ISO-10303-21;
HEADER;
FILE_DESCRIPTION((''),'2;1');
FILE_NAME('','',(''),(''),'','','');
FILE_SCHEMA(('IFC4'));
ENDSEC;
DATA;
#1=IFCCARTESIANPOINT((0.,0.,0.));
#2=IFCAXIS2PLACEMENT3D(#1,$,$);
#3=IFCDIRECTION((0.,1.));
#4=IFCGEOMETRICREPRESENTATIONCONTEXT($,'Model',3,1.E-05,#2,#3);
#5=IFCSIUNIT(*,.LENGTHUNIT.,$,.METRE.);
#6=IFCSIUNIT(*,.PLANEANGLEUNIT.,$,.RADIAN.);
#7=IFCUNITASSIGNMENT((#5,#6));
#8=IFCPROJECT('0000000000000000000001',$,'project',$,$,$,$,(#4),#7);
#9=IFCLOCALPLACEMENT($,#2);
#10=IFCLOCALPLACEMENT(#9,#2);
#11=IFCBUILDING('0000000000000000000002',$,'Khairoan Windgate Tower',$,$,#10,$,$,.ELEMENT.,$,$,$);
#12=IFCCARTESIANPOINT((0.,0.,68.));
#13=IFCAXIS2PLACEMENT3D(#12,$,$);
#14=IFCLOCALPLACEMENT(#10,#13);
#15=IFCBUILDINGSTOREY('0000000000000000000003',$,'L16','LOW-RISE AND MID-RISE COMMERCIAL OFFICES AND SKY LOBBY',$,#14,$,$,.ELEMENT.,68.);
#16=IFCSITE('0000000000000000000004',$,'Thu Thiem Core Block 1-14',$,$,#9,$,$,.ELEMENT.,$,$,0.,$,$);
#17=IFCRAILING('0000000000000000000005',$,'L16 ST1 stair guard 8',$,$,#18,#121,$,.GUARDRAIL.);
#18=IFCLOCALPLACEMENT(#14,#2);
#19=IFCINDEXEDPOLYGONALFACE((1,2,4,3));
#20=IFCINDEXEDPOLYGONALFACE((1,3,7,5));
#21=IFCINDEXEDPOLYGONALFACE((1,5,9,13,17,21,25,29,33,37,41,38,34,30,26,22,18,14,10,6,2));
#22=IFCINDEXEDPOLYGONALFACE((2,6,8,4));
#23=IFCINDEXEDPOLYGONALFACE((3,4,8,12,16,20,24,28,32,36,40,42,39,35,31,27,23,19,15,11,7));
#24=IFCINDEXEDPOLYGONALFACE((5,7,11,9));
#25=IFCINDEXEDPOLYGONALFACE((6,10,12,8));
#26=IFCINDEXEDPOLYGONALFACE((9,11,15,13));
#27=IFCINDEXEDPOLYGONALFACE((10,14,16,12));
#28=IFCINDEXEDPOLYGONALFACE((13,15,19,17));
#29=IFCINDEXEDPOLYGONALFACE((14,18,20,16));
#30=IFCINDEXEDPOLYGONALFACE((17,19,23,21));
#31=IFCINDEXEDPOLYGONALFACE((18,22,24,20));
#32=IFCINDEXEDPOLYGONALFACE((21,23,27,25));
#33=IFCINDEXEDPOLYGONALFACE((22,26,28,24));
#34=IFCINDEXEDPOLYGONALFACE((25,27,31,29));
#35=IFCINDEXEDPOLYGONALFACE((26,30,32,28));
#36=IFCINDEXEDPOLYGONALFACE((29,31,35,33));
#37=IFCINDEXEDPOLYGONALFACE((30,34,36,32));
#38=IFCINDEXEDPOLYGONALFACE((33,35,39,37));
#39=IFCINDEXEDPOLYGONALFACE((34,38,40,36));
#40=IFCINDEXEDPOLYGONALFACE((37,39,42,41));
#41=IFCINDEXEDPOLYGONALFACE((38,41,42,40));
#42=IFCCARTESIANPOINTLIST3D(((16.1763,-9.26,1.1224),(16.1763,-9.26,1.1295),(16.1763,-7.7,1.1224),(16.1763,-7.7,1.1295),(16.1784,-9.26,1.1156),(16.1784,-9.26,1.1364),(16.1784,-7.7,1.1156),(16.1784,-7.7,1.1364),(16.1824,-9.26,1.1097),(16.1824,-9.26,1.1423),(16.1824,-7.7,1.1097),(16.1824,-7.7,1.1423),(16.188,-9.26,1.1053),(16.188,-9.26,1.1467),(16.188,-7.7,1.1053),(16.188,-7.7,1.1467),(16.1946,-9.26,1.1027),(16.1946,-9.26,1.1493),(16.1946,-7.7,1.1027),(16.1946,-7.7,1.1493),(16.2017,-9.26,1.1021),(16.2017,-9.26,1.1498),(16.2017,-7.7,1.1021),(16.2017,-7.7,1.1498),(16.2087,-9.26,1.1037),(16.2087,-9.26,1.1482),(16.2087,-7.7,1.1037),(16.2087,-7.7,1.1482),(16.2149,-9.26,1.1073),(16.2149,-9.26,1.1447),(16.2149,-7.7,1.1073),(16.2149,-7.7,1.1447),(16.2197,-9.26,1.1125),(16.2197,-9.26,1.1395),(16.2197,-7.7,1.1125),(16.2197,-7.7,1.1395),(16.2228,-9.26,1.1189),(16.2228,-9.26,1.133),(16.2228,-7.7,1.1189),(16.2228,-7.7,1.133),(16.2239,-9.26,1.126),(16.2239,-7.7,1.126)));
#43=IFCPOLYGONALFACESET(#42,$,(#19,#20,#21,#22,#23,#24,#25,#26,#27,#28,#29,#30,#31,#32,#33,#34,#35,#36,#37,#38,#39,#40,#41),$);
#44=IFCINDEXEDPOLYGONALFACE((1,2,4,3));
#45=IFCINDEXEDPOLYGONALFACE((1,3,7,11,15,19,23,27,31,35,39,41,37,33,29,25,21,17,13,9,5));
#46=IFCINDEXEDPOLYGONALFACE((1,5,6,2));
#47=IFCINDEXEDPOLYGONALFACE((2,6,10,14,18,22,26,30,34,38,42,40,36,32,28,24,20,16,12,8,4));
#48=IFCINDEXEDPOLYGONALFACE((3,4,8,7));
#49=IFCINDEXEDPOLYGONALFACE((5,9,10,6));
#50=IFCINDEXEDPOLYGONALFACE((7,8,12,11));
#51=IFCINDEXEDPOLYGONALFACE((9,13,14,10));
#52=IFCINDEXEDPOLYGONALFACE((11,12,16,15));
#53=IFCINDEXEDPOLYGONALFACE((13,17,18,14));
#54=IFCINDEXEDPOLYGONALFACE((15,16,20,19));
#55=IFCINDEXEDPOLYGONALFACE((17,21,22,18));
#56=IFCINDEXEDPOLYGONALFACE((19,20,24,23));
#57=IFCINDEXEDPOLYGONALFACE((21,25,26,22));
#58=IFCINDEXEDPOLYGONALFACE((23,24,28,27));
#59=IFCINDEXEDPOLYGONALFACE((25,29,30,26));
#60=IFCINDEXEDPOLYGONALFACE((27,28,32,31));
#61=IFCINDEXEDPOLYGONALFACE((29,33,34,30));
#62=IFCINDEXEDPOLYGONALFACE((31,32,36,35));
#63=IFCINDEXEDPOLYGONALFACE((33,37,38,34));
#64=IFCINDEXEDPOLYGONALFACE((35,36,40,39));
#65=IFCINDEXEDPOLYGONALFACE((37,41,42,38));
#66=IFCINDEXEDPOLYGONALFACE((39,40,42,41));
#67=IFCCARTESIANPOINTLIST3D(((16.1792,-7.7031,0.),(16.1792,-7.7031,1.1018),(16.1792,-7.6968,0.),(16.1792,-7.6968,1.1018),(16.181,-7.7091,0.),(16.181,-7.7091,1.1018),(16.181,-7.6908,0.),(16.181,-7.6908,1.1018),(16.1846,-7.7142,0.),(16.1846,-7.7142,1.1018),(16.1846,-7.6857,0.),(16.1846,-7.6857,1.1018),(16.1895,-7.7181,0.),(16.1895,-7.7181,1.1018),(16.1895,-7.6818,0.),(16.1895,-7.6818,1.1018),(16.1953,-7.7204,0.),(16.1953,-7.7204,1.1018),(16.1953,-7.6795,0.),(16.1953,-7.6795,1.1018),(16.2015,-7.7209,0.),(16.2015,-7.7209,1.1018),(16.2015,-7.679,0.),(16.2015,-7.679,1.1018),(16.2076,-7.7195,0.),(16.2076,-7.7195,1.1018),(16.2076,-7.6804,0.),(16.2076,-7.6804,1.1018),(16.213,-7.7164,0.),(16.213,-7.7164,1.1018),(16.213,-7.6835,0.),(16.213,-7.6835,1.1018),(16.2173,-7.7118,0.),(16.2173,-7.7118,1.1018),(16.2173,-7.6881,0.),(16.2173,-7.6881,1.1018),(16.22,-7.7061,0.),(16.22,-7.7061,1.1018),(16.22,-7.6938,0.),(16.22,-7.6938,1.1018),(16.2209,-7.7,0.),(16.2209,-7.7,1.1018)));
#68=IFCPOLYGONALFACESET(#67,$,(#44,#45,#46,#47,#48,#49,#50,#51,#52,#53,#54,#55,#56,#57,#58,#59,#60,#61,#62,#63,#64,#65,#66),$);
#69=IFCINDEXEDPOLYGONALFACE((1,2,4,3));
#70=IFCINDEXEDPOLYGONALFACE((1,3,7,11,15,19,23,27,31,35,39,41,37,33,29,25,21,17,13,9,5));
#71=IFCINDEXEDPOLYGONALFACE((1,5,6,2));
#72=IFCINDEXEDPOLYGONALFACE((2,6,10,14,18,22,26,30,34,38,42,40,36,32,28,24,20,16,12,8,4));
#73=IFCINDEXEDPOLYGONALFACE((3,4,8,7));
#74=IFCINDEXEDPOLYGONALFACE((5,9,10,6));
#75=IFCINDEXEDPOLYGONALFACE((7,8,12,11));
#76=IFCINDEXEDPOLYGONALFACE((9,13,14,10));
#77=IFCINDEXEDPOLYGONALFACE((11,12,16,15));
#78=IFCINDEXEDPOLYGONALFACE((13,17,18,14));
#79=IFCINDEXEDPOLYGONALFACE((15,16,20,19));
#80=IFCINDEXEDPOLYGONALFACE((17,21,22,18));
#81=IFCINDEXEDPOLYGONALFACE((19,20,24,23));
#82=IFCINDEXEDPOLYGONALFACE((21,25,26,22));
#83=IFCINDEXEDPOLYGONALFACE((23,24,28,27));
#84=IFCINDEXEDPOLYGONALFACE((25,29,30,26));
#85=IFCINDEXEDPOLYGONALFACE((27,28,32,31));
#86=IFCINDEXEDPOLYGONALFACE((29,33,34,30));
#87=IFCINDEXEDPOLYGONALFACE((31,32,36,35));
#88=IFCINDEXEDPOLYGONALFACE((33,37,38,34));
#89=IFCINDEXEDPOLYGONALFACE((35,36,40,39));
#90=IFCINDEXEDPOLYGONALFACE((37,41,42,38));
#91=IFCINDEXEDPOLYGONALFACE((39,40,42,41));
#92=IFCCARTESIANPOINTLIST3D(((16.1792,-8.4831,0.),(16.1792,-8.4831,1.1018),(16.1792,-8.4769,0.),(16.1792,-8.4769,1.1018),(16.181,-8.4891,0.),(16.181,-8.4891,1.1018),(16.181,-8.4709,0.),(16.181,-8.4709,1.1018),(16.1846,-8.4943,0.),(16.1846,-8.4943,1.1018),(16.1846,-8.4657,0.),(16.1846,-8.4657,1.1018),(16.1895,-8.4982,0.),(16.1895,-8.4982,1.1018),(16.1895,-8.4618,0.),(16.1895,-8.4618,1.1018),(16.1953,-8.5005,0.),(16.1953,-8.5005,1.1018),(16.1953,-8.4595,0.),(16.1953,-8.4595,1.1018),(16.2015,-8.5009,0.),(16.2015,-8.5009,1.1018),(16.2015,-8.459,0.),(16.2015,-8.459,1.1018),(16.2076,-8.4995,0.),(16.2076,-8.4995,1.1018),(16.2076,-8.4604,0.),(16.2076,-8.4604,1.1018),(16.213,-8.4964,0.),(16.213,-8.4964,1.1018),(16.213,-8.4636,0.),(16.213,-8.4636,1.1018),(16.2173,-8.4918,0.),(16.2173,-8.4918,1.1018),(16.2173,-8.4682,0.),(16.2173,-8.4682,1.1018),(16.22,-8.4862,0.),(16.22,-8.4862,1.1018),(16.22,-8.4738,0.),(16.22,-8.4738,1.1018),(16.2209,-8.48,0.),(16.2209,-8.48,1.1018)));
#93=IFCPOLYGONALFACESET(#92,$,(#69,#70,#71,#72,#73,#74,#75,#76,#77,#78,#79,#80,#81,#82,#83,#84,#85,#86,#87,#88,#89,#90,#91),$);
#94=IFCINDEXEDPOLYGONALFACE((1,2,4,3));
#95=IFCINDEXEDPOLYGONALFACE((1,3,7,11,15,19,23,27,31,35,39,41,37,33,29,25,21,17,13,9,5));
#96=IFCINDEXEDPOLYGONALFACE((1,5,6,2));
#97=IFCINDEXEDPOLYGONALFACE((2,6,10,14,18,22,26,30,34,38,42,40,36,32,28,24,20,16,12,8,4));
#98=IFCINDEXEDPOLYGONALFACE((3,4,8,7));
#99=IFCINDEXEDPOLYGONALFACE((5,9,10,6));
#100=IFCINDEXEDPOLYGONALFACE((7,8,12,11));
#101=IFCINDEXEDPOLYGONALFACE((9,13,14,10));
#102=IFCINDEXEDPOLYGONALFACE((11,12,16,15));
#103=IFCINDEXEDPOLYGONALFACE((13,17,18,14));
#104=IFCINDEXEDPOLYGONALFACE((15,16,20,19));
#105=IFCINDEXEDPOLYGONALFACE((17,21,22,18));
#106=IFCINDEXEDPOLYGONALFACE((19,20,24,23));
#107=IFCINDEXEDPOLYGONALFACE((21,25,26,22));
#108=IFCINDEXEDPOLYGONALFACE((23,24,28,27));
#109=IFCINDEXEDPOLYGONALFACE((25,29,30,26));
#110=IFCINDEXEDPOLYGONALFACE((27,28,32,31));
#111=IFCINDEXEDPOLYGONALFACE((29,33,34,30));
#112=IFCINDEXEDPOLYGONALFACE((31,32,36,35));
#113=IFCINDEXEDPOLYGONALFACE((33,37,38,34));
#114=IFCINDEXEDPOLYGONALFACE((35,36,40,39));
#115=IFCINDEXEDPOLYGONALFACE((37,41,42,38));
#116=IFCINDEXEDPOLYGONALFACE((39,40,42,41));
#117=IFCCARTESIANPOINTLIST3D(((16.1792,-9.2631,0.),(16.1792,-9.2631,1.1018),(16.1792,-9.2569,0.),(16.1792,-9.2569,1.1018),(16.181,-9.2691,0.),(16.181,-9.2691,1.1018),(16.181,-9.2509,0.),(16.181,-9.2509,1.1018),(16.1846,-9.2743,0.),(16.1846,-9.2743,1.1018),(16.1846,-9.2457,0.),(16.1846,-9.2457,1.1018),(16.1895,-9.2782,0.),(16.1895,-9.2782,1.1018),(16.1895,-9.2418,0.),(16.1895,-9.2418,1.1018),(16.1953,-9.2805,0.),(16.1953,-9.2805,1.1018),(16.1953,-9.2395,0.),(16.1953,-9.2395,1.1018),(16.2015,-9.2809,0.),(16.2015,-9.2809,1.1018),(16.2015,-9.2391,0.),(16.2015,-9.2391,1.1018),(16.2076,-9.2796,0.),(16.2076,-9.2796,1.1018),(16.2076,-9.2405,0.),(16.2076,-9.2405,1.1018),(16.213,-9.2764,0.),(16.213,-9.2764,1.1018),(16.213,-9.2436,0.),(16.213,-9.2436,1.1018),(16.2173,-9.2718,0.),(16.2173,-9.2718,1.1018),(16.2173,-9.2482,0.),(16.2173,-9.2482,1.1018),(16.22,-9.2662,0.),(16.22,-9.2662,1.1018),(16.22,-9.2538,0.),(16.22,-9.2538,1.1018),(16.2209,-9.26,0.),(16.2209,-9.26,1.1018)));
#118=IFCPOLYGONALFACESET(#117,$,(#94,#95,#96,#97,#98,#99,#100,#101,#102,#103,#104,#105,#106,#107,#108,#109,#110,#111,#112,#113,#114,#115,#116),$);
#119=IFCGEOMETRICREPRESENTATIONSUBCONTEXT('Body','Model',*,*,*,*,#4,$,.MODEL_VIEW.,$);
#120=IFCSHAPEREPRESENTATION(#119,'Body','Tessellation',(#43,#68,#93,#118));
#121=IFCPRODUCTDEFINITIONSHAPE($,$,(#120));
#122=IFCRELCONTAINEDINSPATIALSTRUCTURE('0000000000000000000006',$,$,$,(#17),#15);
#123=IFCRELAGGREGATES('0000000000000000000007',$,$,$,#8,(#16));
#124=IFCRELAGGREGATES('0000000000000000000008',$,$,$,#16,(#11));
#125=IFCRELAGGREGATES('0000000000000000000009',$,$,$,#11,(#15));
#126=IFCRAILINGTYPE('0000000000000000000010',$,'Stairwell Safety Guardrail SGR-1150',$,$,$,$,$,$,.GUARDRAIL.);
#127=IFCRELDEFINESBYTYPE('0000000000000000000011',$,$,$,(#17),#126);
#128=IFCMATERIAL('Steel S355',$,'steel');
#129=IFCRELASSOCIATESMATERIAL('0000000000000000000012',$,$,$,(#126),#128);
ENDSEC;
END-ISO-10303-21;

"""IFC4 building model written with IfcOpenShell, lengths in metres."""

from ifc_helpers import new_model, si_unit, direction, frame, origin, origin_2d, place, context, subcontext, project, spatial, circle, extrude, material, type_object, element, save


model = new_model("IFC4")

# Units and contexts
model_context = context("Model", 3, precision=1e-05, world=origin(), true_north=direction((0.0, 1.0)))
body_context = subcontext(model_context, "Body", "Model", "MODEL_VIEW")
ifc_project = project(units=[si_unit("LENGTHUNIT", "METRE"), si_unit("PLANEANGLEUNIT", "RADIAN")], contexts=[model_context])

# Site, building, storey
site_placement = place(None, origin())
site = spatial("IfcSite", under=ifc_project, at=site_placement, Name="Thu Thiem Core Block 1-14", CompositionType="ELEMENT", RefElevation=0.0)
building_placement = place(site_placement, origin())
building = spatial("IfcBuilding", under=site, at=building_placement, Name="Khairoan Windgate Tower", CompositionType="ELEMENT")
storey_placement = place(building_placement, frame((0.0, 0.0, 68.0)))
storey = spatial("IfcBuildingStorey", under=building, at=storey_placement, Name="L16", Description="LOW-RISE AND MID-RISE COMMERCIAL OFFICES AND SKY LOBBY", CompositionType="ELEMENT", Elevation=68.0)

# Railing
ifc_material_1 = material(Name="Steel S355", Category="steel")
railing_type_1 = type_object("IfcRailingType", Name="Stairwell Safety Guardrail SGR-1150", PredefinedType="GUARDRAIL", material=ifc_material_1)
railing_1_placement = place(storey_placement, frame((16.2, -7.7, 0.0)))
element("IfcRailing", 1, at=railing_1_placement, inside=storey, type_object=railing_type_1, Name="L16 ST1 stair guard 8", PredefinedType="GUARDRAIL", context=body_context, shape_type="SweptSolid", body=[
    extrude(circle(Radius=0.0239, at=origin_2d()), frame((0.0, 0.0, 1.126), z_axis=(0.0, -1.0, 0.0), x_axis=(1.0, 0.0, 0.0)), (0.0, 0.0, 1.0), 1.5601),
    extrude(circle(Radius=0.021, at=origin_2d()), origin(), (0.0, 0.0, 1.0), 1.1018),
    extrude(circle(Radius=0.021, at=origin_2d()), frame((0.0, -0.78, 0.0)), (0.0, 0.0, 1.0), 1.1018),
    extrude(circle(Radius=0.021, at=origin_2d()), frame((0.0, -1.5601, 0.0)), (0.0, 0.0, 1.0), 1.1018),
])

save(model, "model.ifc")
